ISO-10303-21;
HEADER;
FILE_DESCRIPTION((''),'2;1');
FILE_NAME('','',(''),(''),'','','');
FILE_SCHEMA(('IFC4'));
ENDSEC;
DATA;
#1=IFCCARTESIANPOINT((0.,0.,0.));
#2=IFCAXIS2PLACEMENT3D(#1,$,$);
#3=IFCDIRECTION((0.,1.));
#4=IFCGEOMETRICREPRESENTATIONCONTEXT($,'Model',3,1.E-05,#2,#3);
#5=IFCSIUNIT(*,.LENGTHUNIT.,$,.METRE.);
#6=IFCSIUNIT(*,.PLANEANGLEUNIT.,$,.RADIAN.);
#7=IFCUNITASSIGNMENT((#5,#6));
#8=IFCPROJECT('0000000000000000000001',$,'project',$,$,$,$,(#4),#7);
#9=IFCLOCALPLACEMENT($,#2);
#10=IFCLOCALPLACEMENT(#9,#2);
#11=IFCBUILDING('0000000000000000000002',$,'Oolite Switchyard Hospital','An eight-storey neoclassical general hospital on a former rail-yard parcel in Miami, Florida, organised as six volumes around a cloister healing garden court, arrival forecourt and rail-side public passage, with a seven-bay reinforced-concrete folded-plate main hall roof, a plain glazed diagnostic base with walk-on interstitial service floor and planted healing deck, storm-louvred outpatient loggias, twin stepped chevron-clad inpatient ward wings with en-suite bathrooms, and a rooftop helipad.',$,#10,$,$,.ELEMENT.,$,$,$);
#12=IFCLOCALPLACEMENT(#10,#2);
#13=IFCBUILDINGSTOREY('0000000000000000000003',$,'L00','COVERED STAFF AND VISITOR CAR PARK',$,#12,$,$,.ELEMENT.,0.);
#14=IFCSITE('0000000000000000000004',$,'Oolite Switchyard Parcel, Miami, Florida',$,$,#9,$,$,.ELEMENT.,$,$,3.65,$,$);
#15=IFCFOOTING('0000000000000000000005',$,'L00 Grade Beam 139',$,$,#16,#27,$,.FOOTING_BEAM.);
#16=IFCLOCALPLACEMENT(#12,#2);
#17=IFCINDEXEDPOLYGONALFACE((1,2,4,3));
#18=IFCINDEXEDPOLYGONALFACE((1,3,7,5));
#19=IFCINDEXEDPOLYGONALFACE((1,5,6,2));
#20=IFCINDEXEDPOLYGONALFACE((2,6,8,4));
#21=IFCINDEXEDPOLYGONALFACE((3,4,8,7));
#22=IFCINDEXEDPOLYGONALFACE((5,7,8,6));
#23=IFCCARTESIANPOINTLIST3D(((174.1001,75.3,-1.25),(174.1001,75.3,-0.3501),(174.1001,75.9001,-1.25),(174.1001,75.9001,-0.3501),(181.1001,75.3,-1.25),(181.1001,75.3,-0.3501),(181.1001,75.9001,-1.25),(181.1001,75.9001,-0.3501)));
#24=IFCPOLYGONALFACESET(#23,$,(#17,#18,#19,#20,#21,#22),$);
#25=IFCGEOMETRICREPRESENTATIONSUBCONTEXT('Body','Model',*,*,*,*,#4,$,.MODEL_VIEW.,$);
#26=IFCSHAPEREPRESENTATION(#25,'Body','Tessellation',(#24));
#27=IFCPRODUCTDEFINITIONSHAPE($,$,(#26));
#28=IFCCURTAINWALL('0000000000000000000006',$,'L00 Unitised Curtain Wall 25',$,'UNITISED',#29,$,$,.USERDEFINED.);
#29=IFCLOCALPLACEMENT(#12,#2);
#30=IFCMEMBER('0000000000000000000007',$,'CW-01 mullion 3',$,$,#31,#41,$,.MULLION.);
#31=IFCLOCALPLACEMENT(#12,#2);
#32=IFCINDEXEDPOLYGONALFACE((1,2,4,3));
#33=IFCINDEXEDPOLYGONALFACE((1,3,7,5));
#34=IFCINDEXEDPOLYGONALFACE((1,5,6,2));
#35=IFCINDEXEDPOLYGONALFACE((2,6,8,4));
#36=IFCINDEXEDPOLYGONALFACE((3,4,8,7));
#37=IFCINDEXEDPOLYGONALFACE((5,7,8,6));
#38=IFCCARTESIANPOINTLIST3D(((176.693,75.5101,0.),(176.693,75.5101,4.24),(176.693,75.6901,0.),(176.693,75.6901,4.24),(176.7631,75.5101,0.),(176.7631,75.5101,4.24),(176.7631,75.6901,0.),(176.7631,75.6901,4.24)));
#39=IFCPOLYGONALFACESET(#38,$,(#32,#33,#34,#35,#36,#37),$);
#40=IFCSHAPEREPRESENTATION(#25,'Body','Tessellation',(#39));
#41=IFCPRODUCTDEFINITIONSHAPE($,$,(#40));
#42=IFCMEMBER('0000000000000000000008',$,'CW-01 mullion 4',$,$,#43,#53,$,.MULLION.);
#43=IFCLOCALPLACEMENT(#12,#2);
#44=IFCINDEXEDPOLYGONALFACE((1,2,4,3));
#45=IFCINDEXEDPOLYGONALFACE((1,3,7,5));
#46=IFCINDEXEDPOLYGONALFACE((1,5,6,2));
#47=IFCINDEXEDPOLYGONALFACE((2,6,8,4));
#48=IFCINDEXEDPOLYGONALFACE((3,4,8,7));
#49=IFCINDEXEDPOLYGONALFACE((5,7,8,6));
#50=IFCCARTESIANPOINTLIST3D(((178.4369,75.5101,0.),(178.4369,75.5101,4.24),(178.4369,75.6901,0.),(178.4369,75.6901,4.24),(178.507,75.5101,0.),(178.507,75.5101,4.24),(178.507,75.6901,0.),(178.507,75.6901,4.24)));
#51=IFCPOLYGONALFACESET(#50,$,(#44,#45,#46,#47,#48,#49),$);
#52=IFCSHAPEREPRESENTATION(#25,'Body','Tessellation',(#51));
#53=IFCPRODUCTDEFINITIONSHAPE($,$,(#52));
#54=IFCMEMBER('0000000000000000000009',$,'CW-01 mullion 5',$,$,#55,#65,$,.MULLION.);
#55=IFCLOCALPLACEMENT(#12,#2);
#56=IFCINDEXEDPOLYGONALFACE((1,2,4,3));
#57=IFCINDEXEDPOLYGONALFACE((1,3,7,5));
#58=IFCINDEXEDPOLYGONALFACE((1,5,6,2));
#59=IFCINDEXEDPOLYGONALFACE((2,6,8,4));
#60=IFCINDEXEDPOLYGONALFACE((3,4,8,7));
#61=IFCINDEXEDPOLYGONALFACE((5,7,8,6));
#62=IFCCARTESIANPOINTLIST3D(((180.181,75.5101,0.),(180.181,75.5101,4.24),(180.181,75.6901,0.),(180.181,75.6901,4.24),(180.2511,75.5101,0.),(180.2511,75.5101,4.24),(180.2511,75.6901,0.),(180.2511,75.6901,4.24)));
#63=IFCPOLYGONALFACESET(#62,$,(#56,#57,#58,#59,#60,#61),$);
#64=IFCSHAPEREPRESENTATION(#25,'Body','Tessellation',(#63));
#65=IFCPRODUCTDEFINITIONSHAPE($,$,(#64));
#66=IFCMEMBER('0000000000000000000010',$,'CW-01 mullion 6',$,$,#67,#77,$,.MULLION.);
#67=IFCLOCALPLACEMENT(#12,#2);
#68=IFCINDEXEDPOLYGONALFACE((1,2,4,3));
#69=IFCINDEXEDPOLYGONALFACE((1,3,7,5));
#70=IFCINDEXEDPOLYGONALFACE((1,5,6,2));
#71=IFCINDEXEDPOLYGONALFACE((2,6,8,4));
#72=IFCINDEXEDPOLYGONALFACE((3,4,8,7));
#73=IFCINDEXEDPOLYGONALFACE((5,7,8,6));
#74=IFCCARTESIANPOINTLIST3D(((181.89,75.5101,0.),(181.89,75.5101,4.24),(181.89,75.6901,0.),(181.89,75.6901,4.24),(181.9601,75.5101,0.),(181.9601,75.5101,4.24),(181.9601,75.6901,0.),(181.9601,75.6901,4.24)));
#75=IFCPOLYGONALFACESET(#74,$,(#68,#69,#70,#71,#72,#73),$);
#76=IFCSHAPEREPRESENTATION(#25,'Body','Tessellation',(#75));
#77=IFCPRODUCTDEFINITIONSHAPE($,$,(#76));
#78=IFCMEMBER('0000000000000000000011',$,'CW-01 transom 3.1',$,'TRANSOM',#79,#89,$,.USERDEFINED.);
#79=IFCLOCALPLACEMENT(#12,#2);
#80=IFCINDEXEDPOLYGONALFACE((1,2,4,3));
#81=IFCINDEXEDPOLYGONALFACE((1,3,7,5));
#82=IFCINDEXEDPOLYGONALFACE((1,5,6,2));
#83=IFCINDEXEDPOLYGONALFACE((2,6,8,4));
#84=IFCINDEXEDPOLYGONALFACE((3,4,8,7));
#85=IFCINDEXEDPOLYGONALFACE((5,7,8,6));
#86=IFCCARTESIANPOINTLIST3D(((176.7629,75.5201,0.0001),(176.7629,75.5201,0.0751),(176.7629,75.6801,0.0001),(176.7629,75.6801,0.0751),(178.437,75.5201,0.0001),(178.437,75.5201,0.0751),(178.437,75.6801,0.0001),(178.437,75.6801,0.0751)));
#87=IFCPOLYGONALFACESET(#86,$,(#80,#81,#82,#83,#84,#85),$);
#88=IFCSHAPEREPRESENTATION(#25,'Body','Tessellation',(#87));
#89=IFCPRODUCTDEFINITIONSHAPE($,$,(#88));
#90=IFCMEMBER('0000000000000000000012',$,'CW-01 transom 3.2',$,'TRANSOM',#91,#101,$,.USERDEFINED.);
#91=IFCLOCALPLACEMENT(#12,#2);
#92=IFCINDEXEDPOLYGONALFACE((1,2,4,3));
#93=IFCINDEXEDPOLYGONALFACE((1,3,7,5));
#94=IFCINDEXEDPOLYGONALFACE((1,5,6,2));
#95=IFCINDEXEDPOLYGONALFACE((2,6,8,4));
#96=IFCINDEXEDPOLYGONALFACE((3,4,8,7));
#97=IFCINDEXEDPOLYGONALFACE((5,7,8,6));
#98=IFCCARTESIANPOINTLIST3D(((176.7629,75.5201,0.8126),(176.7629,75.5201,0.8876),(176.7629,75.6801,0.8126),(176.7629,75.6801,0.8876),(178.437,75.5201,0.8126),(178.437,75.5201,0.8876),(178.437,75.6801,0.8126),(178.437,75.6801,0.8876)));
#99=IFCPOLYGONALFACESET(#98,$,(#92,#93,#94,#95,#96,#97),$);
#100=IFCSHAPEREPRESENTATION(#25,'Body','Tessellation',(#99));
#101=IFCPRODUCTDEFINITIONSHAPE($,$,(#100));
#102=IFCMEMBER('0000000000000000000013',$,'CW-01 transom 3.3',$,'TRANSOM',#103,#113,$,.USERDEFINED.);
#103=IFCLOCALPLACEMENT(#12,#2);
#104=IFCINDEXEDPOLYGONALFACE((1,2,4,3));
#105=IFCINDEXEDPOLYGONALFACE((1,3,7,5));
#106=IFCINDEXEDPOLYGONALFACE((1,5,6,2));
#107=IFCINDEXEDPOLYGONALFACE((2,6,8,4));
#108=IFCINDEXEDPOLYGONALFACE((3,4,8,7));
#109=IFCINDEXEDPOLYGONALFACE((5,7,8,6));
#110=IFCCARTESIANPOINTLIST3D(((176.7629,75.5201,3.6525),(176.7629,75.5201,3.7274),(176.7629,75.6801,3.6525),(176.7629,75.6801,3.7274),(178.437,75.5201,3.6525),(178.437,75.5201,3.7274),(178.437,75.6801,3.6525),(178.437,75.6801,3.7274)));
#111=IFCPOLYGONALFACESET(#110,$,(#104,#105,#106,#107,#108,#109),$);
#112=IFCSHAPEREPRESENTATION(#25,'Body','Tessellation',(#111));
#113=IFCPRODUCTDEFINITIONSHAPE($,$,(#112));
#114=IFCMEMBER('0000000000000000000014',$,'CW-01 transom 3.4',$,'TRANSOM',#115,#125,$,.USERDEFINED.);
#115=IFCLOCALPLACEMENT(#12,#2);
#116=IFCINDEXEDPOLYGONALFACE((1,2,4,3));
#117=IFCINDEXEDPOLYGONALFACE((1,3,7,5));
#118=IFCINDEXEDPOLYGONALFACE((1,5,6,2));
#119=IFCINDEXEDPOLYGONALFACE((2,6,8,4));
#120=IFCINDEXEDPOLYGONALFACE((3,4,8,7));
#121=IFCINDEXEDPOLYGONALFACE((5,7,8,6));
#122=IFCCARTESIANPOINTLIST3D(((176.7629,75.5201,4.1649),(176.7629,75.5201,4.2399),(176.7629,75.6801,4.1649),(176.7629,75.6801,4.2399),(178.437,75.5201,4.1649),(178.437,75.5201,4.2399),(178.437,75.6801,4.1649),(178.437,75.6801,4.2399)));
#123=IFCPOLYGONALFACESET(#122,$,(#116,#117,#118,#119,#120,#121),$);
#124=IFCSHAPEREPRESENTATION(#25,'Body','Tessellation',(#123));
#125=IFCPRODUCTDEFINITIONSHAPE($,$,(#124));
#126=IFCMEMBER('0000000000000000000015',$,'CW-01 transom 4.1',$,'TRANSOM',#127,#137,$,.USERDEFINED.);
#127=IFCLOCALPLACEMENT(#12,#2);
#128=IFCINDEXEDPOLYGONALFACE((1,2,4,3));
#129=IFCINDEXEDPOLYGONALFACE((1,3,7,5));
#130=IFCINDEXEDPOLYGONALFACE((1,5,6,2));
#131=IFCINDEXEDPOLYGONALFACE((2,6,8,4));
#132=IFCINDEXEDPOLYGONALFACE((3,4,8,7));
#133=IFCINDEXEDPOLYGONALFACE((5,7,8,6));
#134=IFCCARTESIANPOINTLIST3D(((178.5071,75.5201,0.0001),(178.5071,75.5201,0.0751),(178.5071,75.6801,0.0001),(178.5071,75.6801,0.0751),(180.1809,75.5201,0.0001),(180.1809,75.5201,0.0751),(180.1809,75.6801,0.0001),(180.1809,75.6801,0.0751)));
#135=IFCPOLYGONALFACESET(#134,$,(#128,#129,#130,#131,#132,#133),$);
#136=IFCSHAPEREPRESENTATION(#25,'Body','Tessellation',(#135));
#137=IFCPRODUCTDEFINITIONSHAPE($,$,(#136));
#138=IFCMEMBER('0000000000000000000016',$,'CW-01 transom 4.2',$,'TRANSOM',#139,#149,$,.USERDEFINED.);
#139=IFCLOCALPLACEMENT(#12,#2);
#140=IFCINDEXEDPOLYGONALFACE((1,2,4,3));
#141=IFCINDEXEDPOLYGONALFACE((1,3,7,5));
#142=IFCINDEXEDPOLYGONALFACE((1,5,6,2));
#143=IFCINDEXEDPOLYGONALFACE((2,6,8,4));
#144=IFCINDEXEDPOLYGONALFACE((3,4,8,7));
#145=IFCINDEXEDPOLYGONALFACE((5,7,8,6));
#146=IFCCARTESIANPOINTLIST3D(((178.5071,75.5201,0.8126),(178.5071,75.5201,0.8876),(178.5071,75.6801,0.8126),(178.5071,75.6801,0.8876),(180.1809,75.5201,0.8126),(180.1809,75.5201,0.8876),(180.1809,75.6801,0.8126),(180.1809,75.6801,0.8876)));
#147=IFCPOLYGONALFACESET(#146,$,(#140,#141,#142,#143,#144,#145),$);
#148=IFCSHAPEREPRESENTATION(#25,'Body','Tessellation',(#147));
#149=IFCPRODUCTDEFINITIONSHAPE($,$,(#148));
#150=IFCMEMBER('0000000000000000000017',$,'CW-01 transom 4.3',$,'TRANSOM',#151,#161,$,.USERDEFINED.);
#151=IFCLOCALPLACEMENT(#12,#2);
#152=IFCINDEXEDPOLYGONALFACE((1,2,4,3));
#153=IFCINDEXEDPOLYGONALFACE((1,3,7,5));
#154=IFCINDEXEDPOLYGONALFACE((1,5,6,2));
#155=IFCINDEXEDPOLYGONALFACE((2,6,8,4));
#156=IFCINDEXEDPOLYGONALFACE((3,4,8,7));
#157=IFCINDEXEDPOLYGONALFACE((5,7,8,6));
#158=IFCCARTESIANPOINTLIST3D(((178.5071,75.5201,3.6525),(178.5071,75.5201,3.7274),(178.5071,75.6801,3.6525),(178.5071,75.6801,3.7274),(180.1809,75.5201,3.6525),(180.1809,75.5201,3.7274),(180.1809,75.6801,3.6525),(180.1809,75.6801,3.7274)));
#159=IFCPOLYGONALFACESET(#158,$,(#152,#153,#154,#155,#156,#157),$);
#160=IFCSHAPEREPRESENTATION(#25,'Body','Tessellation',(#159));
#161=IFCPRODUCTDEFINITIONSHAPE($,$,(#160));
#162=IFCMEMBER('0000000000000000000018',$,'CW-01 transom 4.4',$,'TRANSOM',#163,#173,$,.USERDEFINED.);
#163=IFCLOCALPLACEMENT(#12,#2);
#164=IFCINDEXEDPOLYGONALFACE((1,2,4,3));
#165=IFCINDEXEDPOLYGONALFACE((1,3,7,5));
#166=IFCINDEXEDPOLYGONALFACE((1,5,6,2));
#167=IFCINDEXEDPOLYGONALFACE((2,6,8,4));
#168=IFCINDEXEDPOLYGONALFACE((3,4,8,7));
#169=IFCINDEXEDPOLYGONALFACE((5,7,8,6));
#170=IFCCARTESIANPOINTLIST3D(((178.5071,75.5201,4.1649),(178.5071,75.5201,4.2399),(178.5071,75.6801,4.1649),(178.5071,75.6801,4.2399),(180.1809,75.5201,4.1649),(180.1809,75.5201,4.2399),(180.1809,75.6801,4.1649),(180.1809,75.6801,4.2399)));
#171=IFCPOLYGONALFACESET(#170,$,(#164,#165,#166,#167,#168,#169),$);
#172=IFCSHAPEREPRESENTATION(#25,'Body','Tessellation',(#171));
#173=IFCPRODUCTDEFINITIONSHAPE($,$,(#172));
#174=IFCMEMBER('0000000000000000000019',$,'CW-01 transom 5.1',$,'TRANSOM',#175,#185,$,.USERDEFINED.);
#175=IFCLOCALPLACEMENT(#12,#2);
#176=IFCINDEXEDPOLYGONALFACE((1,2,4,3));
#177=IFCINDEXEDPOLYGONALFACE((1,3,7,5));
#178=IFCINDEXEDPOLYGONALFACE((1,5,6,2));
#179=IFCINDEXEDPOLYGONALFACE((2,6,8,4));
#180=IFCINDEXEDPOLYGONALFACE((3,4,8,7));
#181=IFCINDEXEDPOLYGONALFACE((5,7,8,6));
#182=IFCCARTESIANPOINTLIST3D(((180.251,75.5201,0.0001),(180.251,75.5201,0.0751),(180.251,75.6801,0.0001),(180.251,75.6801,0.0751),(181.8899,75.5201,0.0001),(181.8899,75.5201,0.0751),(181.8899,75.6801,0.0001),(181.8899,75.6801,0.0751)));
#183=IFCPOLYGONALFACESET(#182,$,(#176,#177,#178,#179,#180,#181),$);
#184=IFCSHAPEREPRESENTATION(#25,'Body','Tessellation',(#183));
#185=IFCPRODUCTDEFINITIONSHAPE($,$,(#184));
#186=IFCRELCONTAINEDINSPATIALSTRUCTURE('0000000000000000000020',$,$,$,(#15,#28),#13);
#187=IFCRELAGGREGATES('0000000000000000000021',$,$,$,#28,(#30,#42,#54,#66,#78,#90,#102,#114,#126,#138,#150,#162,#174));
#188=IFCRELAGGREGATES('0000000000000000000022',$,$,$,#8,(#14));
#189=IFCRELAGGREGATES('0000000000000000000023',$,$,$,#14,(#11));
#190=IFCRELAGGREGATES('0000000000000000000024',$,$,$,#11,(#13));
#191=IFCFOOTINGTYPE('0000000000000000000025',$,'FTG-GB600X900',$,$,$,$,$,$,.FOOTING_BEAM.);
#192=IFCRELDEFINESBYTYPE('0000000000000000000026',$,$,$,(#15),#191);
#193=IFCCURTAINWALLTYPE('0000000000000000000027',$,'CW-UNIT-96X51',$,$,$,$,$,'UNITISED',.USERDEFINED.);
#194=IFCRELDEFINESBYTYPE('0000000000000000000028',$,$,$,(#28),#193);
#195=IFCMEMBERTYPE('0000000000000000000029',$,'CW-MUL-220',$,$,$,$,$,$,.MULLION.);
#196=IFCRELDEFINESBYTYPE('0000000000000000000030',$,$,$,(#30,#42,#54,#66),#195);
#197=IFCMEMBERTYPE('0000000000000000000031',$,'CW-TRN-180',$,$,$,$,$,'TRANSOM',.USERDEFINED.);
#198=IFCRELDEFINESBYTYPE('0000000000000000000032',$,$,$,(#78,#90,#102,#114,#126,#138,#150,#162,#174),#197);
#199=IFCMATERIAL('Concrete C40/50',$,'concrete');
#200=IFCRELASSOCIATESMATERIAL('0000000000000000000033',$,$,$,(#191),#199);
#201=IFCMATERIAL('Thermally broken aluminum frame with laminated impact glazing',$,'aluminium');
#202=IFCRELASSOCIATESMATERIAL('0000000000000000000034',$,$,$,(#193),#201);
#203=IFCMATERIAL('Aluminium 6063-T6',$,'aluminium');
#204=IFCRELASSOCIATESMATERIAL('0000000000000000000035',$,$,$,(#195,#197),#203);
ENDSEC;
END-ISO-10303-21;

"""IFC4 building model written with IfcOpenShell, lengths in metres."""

from ifc_helpers import new_model, si_unit, direction, frame, origin, origin_2d, place, context, subcontext, project, spatial, rectangle, extrude, material, material_profile, profile_set, type_object, element, aggregate, save


model = new_model("IFC4")

# Units and contexts
model_context = context("Model", 3, precision=1e-05, world=origin(), true_north=direction((0.0, 1.0)))
body_context = subcontext(model_context, "Body", "Model", "MODEL_VIEW")
ifc_project = project(units=[si_unit("LENGTHUNIT", "METRE"), si_unit("PLANEANGLEUNIT", "RADIAN")], contexts=[model_context])

# Site, building, storey
site_placement = place(None, origin())
site = spatial("IfcSite", under=ifc_project, at=site_placement, Name="Oolite Switchyard Parcel, Miami, Florida", CompositionType="ELEMENT", RefElevation=3.65)
building_placement = place(site_placement, origin())
building = spatial("IfcBuilding", under=site, at=building_placement, Name="Oolite Switchyard Hospital", Description="An eight-storey neoclassical general hospital on a former rail-yard parcel in Miami, Florida, organised as six volumes around a cloister healing garden court, arrival forecourt and rail-side public passage, with a seven-bay reinforced-concrete folded-plate main hall roof, a plain glazed diagnostic base with walk-on interstitial service floor and planted healing deck, storm-louvred outpatient loggias, twin stepped chevron-clad inpatient ward wings with en-suite bathrooms, and a rooftop helipad.", CompositionType="ELEMENT")
storey_placement = place(building_placement, origin())
storey = spatial("IfcBuildingStorey", under=building, at=storey_placement, Name="L00", Description="COVERED STAFF AND VISITOR CAR PARK", CompositionType="ELEMENT", Elevation=0.0)

# Footing
ifc_material_1 = material(Name="Concrete C40/50", Category="concrete")
footing_type = type_object("IfcFootingType", Name="FTG-GB600X900", PredefinedType="FOOTING_BEAM", material=ifc_material_1)
footing_placement = place(storey_placement, frame((177.6001, 75.6001, -1.25), z_axis=(0.0, 0.0, 1.0), x_axis=(1.0, 0.0, 0.0)))
element("IfcFooting", 1, at=footing_placement, inside=storey, type_object=footing_type, Name="L00 Grade Beam 139", PredefinedType="FOOTING_BEAM", context=body_context, shape_type="SweptSolid", body=[
    extrude(rectangle(XDim=7.0, YDim=0.6001, at=origin_2d()), origin(), (0.0, 0.0, 1.0), 0.8999),
])

# Curtain wall, members
ifc_material_2 = material(Name="Thermally broken aluminum frame with laminated impact glazing", Category="aluminium")
curtain_wall_type = type_object("IfcCurtainWallType", Name="CW-UNIT-96X51", ElementType="UNITISED", PredefinedType="USERDEFINED", material=ifc_material_2)
curtain_wall_placement = place(storey_placement, origin())
curtain_wall = element("IfcCurtainWall", 2, at=curtain_wall_placement, inside=storey, type_object=curtain_wall_type, Name="L00 Unitised Curtain Wall 25", ObjectType="UNITISED", PredefinedType="USERDEFINED")
ifc_material_3 = material(Name="Aluminium 6063-T6", Category="aluminium")
ifc_material_profile_1 = material_profile(ifc_material_3, rectangle(XDim=0.1799, YDim=0.0701, at=origin_2d()), Name="CWM70X180")
ifc_profile_set_1 = profile_set([ifc_material_profile_1], Name="Aluminium 6063-T6")
member_type_1 = type_object("IfcMemberType", Name="CW-MUL-220", PredefinedType="MULLION", material=ifc_profile_set_1)
member_1_placement = place(storey_placement, frame((176.728, 75.6001, 0.0), z_axis=(0.0, 0.0, 1.0), x_axis=(0.0, 1.0, 0.0)))
member_1 = element("IfcMember", 3, at=member_1_placement, type_object=member_type_1, Name="CW-01 mullion 3", PredefinedType="MULLION", context=body_context, shape_type="SweptSolid", body=[
    extrude(rectangle(XDim=0.1799, YDim=0.0701, at=origin_2d()), origin(), (0.0, 0.0, 1.0), 4.24),
])
member_2_placement = place(storey_placement, frame((178.4719, 75.6001, 0.0), z_axis=(0.0, 0.0, 1.0), x_axis=(0.0, 1.0, 0.0)))
member_2 = element("IfcMember", 4, at=member_2_placement, type_object=member_type_1, Name="CW-01 mullion 4", PredefinedType="MULLION", context=body_context, shape_type="SweptSolid", body=[
    extrude(rectangle(XDim=0.1799, YDim=0.0701, at=origin_2d()), origin(), (0.0, 0.0, 1.0), 4.24),
])
member_3_placement = place(storey_placement, frame((180.2161, 75.6001, 0.0), z_axis=(0.0, 0.0, 1.0), x_axis=(0.0, 1.0, 0.0)))
member_3 = element("IfcMember", 5, at=member_3_placement, type_object=member_type_1, Name="CW-01 mullion 5", PredefinedType="MULLION", context=body_context, shape_type="SweptSolid", body=[
    extrude(rectangle(XDim=0.1799, YDim=0.0701, at=origin_2d()), origin(), (0.0, 0.0, 1.0), 4.24),
])
member_4_placement = place(storey_placement, frame((181.925, 75.6001, 0.0), z_axis=(0.0, 0.0, 1.0), x_axis=(0.0, 1.0, 0.0)))
member_4 = element("IfcMember", 6, at=member_4_placement, type_object=member_type_1, Name="CW-01 mullion 6", PredefinedType="MULLION", context=body_context, shape_type="SweptSolid", body=[
    extrude(rectangle(XDim=0.1799, YDim=0.0701, at=origin_2d()), origin(), (0.0, 0.0, 1.0), 4.24),
])
ifc_material_profile_2 = material_profile(ifc_material_3, rectangle(XDim=0.1599, YDim=0.075, at=origin_2d()), Name="CWT75X160")
ifc_profile_set_2 = profile_set([ifc_material_profile_2], Name="Aluminium 6063-T6")
member_type_2 = type_object("IfcMemberType", Name="CW-TRN-180", ElementType="TRANSOM", PredefinedType="USERDEFINED", material=ifc_profile_set_2)
member_5_placement = place(storey_placement, frame((176.7629, 75.6001, 0.0376), z_axis=(1.0, 0.0, 0.0), x_axis=(0.0, 1.0, 0.0)))
member_5 = element("IfcMember", 7, at=member_5_placement, type_object=member_type_2, Name="CW-01 transom 3.1", ObjectType="TRANSOM", PredefinedType="USERDEFINED", context=body_context, shape_type="SweptSolid", body=[
    extrude(rectangle(XDim=0.1599, YDim=0.075, at=origin_2d()), origin(), (0.0, 0.0, 1.0), 1.6741),
])
member_6_placement = place(storey_placement, frame((176.7629, 75.6001, 0.8501), z_axis=(1.0, 0.0, 0.0), x_axis=(0.0, 1.0, 0.0)))
member_6 = element("IfcMember", 8, at=member_6_placement, type_object=member_type_2, Name="CW-01 transom 3.2", ObjectType="TRANSOM", PredefinedType="USERDEFINED", context=body_context, shape_type="SweptSolid", body=[
    extrude(rectangle(XDim=0.1599, YDim=0.075, at=origin_2d()), origin(), (0.0, 0.0, 1.0), 1.6741),
])
member_7_placement = place(storey_placement, frame((176.7629, 75.6001, 3.6899), z_axis=(1.0, 0.0, 0.0), x_axis=(0.0, 1.0, 0.0)))
member_7 = element("IfcMember", 9, at=member_7_placement, type_object=member_type_2, Name="CW-01 transom 3.3", ObjectType="TRANSOM", PredefinedType="USERDEFINED", context=body_context, shape_type="SweptSolid", body=[
    extrude(rectangle(XDim=0.1599, YDim=0.075, at=origin_2d()), origin(), (0.0, 0.0, 1.0), 1.6741),
])
member_8_placement = place(storey_placement, frame((176.7629, 75.6001, 4.2024), z_axis=(1.0, 0.0, 0.0), x_axis=(0.0, 1.0, 0.0)))
member_8 = element("IfcMember", 10, at=member_8_placement, type_object=member_type_2, Name="CW-01 transom 3.4", ObjectType="TRANSOM", PredefinedType="USERDEFINED", context=body_context, shape_type="SweptSolid", body=[
    extrude(rectangle(XDim=0.1599, YDim=0.075, at=origin_2d()), origin(), (0.0, 0.0, 1.0), 1.6741),
])
member_9_placement = place(storey_placement, frame((178.5071, 75.6001, 0.0376), z_axis=(1.0, 0.0, 0.0), x_axis=(0.0, 1.0, 0.0)))
member_9 = element("IfcMember", 11, at=member_9_placement, type_object=member_type_2, Name="CW-01 transom 4.1", ObjectType="TRANSOM", PredefinedType="USERDEFINED", context=body_context, shape_type="SweptSolid", body=[
    extrude(rectangle(XDim=0.1599, YDim=0.075, at=origin_2d()), origin(), (0.0, 0.0, 1.0), 1.6738),
])
member_10_placement = place(storey_placement, frame((178.5071, 75.6001, 0.8501), z_axis=(1.0, 0.0, 0.0), x_axis=(0.0, 1.0, 0.0)))
member_10 = element("IfcMember", 12, at=member_10_placement, type_object=member_type_2, Name="CW-01 transom 4.2", ObjectType="TRANSOM", PredefinedType="USERDEFINED", context=body_context, shape_type="SweptSolid", body=[
    extrude(rectangle(XDim=0.1599, YDim=0.075, at=origin_2d()), origin(), (0.0, 0.0, 1.0), 1.6738),
])
member_11_placement = place(storey_placement, frame((178.5071, 75.6001, 3.6899), z_axis=(1.0, 0.0, 0.0), x_axis=(0.0, 1.0, 0.0)))
member_11 = element("IfcMember", 13, at=member_11_placement, type_object=member_type_2, Name="CW-01 transom 4.3", ObjectType="TRANSOM", PredefinedType="USERDEFINED", context=body_context, shape_type="SweptSolid", body=[
    extrude(rectangle(XDim=0.1599, YDim=0.075, at=origin_2d()), origin(), (0.0, 0.0, 1.0), 1.6738),
])
member_12_placement = place(storey_placement, frame((178.5071, 75.6001, 4.2024), z_axis=(1.0, 0.0, 0.0), x_axis=(0.0, 1.0, 0.0)))
member_12 = element("IfcMember", 14, at=member_12_placement, type_object=member_type_2, Name="CW-01 transom 4.4", ObjectType="TRANSOM", PredefinedType="USERDEFINED", context=body_context, shape_type="SweptSolid", body=[
    extrude(rectangle(XDim=0.1599, YDim=0.075, at=origin_2d()), origin(), (0.0, 0.0, 1.0), 1.6738),
])
member_13_placement = place(storey_placement, frame((180.251, 75.6001, 0.0376), z_axis=(1.0, 0.0, 0.0), x_axis=(0.0, 1.0, 0.0)))
member_13 = element("IfcMember", 15, at=member_13_placement, type_object=member_type_2, Name="CW-01 transom 5.1", ObjectType="TRANSOM", PredefinedType="USERDEFINED", context=body_context, shape_type="SweptSolid", body=[
    extrude(rectangle(XDim=0.1599, YDim=0.075, at=origin_2d()), origin(), (0.0, 0.0, 1.0), 1.6389),
])
aggregate(curtain_wall, [member_1, member_2, member_3, member_4, member_5, member_6, member_7, member_8, member_9, member_10, member_11, member_12, member_13])

save(model, "model.ifc")
